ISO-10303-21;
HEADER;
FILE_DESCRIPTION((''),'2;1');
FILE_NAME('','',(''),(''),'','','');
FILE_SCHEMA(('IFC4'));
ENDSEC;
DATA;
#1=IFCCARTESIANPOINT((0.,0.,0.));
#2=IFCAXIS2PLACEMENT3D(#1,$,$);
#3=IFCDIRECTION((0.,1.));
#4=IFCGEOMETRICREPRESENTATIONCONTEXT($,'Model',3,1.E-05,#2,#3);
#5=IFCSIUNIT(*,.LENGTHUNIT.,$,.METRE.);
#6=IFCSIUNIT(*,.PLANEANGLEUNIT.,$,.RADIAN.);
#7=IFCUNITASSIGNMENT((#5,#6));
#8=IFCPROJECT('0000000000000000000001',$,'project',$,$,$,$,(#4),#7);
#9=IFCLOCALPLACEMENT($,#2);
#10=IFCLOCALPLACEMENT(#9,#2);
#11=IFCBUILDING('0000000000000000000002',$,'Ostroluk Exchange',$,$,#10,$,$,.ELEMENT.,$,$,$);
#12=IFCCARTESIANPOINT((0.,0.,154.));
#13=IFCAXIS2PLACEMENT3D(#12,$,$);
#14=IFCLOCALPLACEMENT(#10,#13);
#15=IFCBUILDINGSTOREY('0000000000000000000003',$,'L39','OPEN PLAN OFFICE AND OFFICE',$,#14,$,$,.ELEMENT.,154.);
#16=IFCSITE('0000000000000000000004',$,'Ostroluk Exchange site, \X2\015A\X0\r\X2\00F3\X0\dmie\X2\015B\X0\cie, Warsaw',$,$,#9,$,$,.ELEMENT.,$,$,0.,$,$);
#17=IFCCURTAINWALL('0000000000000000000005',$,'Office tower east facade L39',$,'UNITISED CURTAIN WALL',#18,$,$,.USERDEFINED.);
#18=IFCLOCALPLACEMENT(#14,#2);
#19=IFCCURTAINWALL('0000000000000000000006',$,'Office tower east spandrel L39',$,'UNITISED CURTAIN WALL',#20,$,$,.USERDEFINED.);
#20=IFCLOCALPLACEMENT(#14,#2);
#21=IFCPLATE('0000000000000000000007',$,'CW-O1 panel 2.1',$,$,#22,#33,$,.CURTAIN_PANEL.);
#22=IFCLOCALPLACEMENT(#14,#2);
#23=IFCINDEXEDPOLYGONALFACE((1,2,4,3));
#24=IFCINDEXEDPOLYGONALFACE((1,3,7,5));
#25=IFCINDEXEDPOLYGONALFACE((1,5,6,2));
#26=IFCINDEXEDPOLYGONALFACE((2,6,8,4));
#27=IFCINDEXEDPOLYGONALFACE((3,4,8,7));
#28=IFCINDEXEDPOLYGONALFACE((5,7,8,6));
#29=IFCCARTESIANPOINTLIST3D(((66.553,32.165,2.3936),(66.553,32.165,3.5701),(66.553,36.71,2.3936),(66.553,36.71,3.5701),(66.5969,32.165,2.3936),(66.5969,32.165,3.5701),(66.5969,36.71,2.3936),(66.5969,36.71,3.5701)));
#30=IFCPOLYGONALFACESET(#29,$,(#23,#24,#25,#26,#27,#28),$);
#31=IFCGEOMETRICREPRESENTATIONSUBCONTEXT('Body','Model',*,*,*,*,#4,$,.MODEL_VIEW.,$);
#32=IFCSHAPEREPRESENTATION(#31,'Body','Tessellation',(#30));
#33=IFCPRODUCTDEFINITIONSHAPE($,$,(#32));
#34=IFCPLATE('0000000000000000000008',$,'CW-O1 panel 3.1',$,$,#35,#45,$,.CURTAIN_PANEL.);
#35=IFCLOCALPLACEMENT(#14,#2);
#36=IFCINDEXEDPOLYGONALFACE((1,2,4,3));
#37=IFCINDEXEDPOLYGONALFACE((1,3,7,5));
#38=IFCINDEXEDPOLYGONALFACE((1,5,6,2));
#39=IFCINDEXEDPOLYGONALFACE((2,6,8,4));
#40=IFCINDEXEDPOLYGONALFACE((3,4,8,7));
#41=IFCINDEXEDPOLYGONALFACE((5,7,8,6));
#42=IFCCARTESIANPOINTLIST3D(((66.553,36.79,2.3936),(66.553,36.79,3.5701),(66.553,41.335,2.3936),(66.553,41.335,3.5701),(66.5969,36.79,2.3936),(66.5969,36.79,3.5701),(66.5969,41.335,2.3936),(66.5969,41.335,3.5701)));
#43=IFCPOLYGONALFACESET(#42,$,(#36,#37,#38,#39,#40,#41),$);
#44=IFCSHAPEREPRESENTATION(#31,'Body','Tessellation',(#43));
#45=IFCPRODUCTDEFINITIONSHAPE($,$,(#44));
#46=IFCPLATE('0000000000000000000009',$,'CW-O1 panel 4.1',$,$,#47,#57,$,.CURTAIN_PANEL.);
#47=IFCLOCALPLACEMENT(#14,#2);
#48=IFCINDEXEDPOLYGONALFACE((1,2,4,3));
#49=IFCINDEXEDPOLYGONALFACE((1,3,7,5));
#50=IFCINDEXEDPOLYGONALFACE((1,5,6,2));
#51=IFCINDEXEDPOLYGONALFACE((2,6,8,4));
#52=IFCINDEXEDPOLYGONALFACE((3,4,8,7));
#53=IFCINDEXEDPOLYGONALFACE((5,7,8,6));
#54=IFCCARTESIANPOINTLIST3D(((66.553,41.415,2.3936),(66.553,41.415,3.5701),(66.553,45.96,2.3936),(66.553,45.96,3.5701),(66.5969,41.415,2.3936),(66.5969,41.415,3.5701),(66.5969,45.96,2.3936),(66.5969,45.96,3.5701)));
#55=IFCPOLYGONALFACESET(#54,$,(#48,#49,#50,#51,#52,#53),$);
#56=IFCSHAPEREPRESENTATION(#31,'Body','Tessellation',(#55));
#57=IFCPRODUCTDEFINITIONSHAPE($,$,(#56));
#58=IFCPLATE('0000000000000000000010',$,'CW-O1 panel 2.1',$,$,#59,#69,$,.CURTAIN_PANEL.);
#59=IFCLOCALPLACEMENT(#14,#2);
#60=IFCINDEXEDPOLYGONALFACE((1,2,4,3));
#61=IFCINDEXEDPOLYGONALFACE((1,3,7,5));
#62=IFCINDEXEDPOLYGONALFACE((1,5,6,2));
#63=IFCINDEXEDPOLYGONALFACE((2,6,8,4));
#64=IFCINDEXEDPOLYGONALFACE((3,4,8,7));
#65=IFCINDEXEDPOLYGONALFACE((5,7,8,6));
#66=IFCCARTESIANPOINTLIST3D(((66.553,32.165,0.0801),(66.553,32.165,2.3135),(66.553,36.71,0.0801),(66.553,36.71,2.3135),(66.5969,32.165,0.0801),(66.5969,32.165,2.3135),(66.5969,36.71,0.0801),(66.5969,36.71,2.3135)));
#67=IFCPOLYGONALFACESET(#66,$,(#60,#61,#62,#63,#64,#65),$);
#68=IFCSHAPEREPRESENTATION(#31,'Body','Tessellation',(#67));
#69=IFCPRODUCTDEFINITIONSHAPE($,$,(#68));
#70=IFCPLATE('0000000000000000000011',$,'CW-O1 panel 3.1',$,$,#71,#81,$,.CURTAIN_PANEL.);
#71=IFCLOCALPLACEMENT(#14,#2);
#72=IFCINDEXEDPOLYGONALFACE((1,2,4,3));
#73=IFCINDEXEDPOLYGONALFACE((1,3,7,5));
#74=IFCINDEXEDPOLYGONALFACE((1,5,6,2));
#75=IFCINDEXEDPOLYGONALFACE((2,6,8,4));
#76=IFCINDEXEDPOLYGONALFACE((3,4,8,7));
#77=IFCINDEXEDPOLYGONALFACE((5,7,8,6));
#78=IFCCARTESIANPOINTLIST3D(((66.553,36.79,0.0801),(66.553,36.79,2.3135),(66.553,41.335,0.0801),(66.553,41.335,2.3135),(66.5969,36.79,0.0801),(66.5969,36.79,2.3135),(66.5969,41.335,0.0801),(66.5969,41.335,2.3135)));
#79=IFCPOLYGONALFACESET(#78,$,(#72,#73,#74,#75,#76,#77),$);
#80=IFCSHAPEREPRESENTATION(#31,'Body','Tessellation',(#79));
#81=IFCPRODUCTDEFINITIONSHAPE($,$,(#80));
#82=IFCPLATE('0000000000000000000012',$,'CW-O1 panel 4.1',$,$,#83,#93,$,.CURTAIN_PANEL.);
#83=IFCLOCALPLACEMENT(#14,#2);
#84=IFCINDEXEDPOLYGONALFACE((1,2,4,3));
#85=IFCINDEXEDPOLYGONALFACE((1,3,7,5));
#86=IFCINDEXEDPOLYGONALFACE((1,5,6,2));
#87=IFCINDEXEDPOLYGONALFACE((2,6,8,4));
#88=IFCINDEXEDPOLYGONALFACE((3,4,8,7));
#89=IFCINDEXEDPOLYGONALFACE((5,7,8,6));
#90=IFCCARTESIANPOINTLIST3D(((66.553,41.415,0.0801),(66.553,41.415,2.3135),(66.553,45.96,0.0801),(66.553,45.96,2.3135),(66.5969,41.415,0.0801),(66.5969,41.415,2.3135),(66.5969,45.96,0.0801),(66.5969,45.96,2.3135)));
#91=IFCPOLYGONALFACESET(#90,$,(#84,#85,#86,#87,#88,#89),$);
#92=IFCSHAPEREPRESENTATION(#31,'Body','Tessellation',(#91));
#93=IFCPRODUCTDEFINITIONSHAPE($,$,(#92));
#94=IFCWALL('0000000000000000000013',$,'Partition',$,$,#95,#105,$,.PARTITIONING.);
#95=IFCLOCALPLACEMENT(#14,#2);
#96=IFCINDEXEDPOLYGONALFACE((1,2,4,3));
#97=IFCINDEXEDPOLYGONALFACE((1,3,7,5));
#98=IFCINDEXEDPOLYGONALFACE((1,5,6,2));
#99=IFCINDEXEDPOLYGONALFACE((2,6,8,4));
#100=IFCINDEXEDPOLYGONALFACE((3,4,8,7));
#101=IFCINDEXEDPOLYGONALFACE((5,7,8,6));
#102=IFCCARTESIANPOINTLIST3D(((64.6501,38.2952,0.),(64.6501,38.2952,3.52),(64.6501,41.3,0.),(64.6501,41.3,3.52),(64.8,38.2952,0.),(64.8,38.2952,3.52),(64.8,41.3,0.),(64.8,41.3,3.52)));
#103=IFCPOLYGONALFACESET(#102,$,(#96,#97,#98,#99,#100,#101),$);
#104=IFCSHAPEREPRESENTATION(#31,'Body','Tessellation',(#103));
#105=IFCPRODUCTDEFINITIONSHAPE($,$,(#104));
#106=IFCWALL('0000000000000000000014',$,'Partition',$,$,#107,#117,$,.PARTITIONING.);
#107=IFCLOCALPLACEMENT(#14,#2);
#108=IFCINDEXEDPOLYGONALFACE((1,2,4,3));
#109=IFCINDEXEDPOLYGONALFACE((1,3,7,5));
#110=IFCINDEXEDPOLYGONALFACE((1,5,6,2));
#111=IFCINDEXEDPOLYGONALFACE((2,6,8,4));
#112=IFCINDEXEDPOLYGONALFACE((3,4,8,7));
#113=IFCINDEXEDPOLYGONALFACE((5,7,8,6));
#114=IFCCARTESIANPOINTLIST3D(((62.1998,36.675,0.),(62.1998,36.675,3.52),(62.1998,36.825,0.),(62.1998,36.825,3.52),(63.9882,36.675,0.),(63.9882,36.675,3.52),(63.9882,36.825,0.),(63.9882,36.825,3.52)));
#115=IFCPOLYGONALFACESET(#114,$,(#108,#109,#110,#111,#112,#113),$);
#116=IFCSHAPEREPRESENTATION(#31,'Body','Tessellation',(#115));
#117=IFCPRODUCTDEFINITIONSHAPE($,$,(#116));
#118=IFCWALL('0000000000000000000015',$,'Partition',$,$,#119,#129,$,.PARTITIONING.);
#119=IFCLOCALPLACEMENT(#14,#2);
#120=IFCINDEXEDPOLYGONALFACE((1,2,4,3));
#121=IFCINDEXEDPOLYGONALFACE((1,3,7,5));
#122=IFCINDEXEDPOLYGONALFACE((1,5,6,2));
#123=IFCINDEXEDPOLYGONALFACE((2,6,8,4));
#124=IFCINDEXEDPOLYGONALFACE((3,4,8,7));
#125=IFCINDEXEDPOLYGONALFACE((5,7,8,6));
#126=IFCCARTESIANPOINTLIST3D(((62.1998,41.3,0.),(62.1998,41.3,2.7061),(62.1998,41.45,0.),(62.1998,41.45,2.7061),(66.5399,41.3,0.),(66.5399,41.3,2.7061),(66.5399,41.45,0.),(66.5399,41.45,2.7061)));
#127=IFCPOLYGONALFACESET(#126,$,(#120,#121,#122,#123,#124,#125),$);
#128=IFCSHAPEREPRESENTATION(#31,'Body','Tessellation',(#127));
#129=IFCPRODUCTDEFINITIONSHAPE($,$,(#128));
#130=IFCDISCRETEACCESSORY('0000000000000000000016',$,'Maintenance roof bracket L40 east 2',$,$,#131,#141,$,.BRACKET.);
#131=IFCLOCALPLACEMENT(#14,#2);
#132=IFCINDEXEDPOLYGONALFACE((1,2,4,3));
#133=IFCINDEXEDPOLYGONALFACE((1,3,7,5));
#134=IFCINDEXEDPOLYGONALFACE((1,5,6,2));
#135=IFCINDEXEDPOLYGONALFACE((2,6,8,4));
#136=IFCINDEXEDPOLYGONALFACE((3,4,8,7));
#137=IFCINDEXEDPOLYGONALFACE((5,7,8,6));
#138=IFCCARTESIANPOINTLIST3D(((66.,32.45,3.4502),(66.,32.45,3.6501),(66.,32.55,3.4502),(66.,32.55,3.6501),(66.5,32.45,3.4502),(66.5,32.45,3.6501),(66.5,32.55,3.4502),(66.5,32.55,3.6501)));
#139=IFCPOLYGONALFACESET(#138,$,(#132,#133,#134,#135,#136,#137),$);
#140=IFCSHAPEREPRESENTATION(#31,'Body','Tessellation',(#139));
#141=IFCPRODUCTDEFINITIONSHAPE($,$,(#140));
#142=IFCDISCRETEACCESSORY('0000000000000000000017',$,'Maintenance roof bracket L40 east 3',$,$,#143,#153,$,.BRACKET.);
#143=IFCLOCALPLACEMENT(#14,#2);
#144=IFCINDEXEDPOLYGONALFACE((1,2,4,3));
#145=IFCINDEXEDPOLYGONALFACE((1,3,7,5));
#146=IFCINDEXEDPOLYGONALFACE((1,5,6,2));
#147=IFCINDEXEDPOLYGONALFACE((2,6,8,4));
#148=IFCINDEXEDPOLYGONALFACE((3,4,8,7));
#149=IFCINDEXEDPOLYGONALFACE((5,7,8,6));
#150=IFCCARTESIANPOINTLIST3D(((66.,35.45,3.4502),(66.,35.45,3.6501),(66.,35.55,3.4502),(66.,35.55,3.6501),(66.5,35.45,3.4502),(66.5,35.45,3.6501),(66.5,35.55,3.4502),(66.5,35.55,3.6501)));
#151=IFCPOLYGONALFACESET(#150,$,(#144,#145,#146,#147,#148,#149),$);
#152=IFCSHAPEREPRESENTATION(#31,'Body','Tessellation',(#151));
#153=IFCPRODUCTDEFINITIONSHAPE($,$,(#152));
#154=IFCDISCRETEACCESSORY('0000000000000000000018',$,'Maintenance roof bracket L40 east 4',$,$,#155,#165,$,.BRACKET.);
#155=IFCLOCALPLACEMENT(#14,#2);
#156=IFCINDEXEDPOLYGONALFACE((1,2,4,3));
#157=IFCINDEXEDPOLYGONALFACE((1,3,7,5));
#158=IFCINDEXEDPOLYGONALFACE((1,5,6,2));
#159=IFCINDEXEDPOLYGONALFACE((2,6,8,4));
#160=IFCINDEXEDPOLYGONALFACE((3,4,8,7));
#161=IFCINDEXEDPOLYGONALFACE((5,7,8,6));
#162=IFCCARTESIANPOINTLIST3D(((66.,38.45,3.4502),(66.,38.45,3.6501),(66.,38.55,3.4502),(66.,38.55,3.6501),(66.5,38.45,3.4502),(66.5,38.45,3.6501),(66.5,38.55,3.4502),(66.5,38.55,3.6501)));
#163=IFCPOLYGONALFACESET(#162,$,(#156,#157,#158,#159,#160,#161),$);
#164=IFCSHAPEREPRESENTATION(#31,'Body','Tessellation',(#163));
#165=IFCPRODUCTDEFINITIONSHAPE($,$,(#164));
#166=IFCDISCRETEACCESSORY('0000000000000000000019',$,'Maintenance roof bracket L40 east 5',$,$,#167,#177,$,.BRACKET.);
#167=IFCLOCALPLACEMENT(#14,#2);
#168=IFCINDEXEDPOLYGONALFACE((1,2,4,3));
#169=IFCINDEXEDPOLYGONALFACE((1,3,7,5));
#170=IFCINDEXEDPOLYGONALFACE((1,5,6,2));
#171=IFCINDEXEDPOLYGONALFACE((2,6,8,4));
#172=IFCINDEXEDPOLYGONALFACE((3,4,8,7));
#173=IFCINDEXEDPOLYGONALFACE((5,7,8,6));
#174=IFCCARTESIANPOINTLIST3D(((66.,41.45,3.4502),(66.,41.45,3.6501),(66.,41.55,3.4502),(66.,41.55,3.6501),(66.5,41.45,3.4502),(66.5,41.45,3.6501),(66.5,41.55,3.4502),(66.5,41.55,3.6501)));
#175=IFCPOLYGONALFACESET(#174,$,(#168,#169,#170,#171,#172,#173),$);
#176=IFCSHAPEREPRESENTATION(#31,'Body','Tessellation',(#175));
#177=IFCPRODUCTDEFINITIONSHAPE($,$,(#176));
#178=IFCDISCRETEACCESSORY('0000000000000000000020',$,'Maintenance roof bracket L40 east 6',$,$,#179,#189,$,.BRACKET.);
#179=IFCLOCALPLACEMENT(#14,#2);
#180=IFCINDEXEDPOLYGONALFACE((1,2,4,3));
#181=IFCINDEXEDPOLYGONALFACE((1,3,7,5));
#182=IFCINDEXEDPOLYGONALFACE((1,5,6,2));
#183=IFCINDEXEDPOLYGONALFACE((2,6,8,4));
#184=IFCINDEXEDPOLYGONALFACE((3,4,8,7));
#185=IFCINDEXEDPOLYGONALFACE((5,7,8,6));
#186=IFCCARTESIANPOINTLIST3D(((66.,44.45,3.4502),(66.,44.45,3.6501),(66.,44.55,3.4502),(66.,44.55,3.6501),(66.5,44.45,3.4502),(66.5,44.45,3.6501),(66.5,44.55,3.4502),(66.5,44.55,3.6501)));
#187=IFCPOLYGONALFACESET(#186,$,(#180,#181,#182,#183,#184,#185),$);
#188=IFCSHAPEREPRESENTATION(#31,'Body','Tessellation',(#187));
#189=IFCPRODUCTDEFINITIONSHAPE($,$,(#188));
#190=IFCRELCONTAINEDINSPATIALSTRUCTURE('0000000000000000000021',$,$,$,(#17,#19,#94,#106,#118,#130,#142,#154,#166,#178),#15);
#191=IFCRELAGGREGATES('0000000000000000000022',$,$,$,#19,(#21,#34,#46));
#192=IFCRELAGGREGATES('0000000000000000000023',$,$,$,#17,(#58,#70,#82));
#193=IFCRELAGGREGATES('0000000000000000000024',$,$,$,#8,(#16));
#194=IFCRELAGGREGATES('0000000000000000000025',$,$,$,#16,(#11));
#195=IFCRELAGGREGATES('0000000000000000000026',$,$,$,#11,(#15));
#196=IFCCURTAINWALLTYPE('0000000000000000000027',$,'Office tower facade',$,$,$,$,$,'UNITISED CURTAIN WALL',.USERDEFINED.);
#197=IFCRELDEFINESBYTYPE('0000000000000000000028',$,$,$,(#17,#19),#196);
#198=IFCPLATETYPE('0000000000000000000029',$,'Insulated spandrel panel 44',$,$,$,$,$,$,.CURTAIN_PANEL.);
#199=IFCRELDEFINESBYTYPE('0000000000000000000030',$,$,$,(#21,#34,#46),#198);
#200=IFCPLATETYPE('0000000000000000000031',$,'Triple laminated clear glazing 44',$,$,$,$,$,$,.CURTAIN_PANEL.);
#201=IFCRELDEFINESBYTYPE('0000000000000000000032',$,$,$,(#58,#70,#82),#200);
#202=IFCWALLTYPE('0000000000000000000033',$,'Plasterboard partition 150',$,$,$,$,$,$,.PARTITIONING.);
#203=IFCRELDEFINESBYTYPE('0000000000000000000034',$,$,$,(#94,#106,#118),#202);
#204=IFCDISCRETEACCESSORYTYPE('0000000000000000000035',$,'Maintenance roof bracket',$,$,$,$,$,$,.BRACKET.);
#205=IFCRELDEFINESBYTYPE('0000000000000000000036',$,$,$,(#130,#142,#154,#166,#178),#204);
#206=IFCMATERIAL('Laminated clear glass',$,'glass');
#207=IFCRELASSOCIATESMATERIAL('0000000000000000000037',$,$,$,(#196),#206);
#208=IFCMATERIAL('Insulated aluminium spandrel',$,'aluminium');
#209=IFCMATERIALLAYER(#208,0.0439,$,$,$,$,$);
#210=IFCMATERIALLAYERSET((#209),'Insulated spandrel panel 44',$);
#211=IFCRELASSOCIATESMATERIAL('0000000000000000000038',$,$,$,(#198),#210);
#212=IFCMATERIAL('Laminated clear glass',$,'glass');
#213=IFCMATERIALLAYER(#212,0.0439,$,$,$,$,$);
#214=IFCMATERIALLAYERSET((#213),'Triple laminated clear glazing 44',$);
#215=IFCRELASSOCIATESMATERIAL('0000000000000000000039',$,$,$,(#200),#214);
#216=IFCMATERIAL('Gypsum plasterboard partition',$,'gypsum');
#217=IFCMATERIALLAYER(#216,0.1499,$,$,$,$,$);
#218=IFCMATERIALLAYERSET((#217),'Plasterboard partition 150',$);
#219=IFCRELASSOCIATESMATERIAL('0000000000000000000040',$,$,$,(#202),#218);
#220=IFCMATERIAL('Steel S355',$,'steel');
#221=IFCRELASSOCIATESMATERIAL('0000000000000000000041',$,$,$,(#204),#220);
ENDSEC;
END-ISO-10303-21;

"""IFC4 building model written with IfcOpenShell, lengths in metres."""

from ifc_helpers import new_model, si_unit, direction, frame, frame_2d, origin, origin_2d, place, context, subcontext, project, spatial, rectangle, extrude, material, layer, layer_set, type_object, element, aggregate, save


model = new_model("IFC4")

# Units and contexts
model_context = context("Model", 3, precision=1e-05, world=origin(), true_north=direction((0.0, 1.0)))
body_context = subcontext(model_context, "Body", "Model", "MODEL_VIEW")
ifc_project = project(units=[si_unit("LENGTHUNIT", "METRE"), si_unit("PLANEANGLEUNIT", "RADIAN")], contexts=[model_context])

# Site, building, storey
site_placement = place(None, origin())
site = spatial("IfcSite", under=ifc_project, at=site_placement, Name="Ostroluk Exchange site, Śródmieście, Warsaw", CompositionType="ELEMENT", RefElevation=0.0)
building_placement = place(site_placement, origin())
building = spatial("IfcBuilding", under=site, at=building_placement, Name="Ostroluk Exchange", CompositionType="ELEMENT")
storey_placement = place(building_placement, frame((0.0, 0.0, 154.0)))
storey = spatial("IfcBuildingStorey", under=building, at=storey_placement, Name="L39", Description="OPEN PLAN OFFICE AND OFFICE", CompositionType="ELEMENT", Elevation=154.0)

# Curtain walls
ifc_material_1 = material(Name="Laminated clear glass", Category="glass")
curtain_wall_type = type_object("IfcCurtainWallType", Name="Office tower facade", ElementType="UNITISED CURTAIN WALL", PredefinedType="USERDEFINED", material=ifc_material_1)
curtain_wall_1_placement = place(storey_placement, origin())
curtain_wall_1 = element("IfcCurtainWall", 1, at=curtain_wall_1_placement, inside=storey, type_object=curtain_wall_type, Name="Office tower east facade L39", ObjectType="UNITISED CURTAIN WALL", PredefinedType="USERDEFINED")
curtain_wall_2_placement = place(storey_placement, origin())
curtain_wall_2 = element("IfcCurtainWall", 2, at=curtain_wall_2_placement, inside=storey, type_object=curtain_wall_type, Name="Office tower east spandrel L39", ObjectType="UNITISED CURTAIN WALL", PredefinedType="USERDEFINED")

# Plates
ifc_material_2 = material(Name="Insulated aluminium spandrel", Category="aluminium")
ifc_layer_1 = layer(ifc_material_2, 0.0439)
ifc_layer_set_1 = layer_set([ifc_layer_1], Name="Insulated spandrel panel 44")
plate_type_1 = type_object("IfcPlateType", Name="Insulated spandrel panel 44", PredefinedType="CURTAIN_PANEL", material=ifc_layer_set_1)
plate_1_placement = place(storey_placement, frame((66.575, 34.4375, 2.3936), z_axis=(0.0, 0.0, 1.0), x_axis=(0.0, 1.0, 0.0)))
plate_1 = element("IfcPlate", 3, at=plate_1_placement, type_object=plate_type_1, Name="CW-O1 panel 2.1", PredefinedType="CURTAIN_PANEL", context=body_context, shape_type="SweptSolid", body=[
    extrude(rectangle(XDim=4.5449, YDim=0.0439, at=origin_2d()), origin(), (0.0, 0.0, 1.0), 1.1765),
])
plate_2_placement = place(storey_placement, frame((66.575, 39.0625, 2.3936), z_axis=(0.0, 0.0, 1.0), x_axis=(0.0, 1.0, 0.0)))
plate_2 = element("IfcPlate", 4, at=plate_2_placement, type_object=plate_type_1, Name="CW-O1 panel 3.1", PredefinedType="CURTAIN_PANEL", context=body_context, shape_type="SweptSolid", body=[
    extrude(rectangle(XDim=4.5449, YDim=0.0439, at=origin_2d()), origin(), (0.0, 0.0, 1.0), 1.1765),
])
plate_3_placement = place(storey_placement, frame((66.575, 43.6875, 2.3936), z_axis=(0.0, 0.0, 1.0), x_axis=(0.0, 1.0, 0.0)))
plate_3 = element("IfcPlate", 5, at=plate_3_placement, type_object=plate_type_1, Name="CW-O1 panel 4.1", PredefinedType="CURTAIN_PANEL", context=body_context, shape_type="SweptSolid", body=[
    extrude(rectangle(XDim=4.5449, YDim=0.0439, at=origin_2d()), origin(), (0.0, 0.0, 1.0), 1.1765),
])
aggregate(curtain_wall_2, [plate_1, plate_2, plate_3])
ifc_material_3 = material(Name="Laminated clear glass", Category="glass")
ifc_layer_2 = layer(ifc_material_3, 0.0439)
ifc_layer_set_2 = layer_set([ifc_layer_2], Name="Triple laminated clear glazing 44")
plate_type_2 = type_object("IfcPlateType", Name="Triple laminated clear glazing 44", PredefinedType="CURTAIN_PANEL", material=ifc_layer_set_2)
plate_4_placement = place(storey_placement, frame((66.575, 34.4375, 0.0801), z_axis=(0.0, 0.0, 1.0), x_axis=(0.0, 1.0, 0.0)))
plate_4 = element("IfcPlate", 6, at=plate_4_placement, type_object=plate_type_2, Name="CW-O1 panel 2.1", PredefinedType="CURTAIN_PANEL", context=body_context, shape_type="SweptSolid", body=[
    extrude(rectangle(XDim=4.5449, YDim=0.0439, at=origin_2d()), origin(), (0.0, 0.0, 1.0), 2.2334),
])
plate_5_placement = place(storey_placement, frame((66.575, 39.0625, 0.0801), z_axis=(0.0, 0.0, 1.0), x_axis=(0.0, 1.0, 0.0)))
plate_5 = element("IfcPlate", 7, at=plate_5_placement, type_object=plate_type_2, Name="CW-O1 panel 3.1", PredefinedType="CURTAIN_PANEL", context=body_context, shape_type="SweptSolid", body=[
    extrude(rectangle(XDim=4.5449, YDim=0.0439, at=origin_2d()), origin(), (0.0, 0.0, 1.0), 2.2334),
])
plate_6_placement = place(storey_placement, frame((66.575, 43.6875, 0.0801), z_axis=(0.0, 0.0, 1.0), x_axis=(0.0, 1.0, 0.0)))
plate_6 = element("IfcPlate", 8, at=plate_6_placement, type_object=plate_type_2, Name="CW-O1 panel 4.1", PredefinedType="CURTAIN_PANEL", context=body_context, shape_type="SweptSolid", body=[
    extrude(rectangle(XDim=4.5449, YDim=0.0439, at=origin_2d()), origin(), (0.0, 0.0, 1.0), 2.2334),
])
aggregate(curtain_wall_1, [plate_4, plate_5, plate_6])

# Walls
ifc_material_4 = material(Name="Gypsum plasterboard partition", Category="gypsum")
ifc_layer_3 = layer(ifc_material_4, 0.1499)
ifc_layer_set_3 = layer_set([ifc_layer_3], Name="Plasterboard partition 150")
wall_type = type_object("IfcWallType", Name="Plasterboard partition 150", PredefinedType="PARTITIONING", material=ifc_layer_set_3)
wall_1_placement = place(storey_placement, frame((64.7251, 38.2952, 0.0), z_axis=(0.0, 0.0, 1.0), x_axis=(0.0, 1.0, 0.0)))
element("IfcWall", 9, at=wall_1_placement, inside=storey, type_object=wall_type, Name="Partition", PredefinedType="PARTITIONING", context=body_context, shape_type="SweptSolid", body=[
    extrude(rectangle(XDim=3.0049, YDim=0.1499, at=frame_2d((1.5024, 0.0))), origin(), (0.0, 0.0, 1.0), 3.52),
])
wall_2_placement = place(storey_placement, frame((62.2, 36.75, 0.0), z_axis=(0.0, 0.0, 1.0), x_axis=(1.0, 0.0, 0.0)))
element("IfcWall", 10, at=wall_2_placement, inside=storey, type_object=wall_type, Name="Partition", PredefinedType="PARTITIONING", context=body_context, shape_type="SweptSolid", body=[
    extrude(rectangle(XDim=1.7883, YDim=0.1499, at=frame_2d((0.894, 0.0))), origin(), (0.0, 0.0, 1.0), 3.52),
])
wall_3_placement = place(storey_placement, frame((62.2, 41.375, 0.0), z_axis=(0.0, 0.0, 1.0), x_axis=(1.0, 0.0, 0.0)))
element("IfcWall", 11, at=wall_3_placement, inside=storey, type_object=wall_type, Name="Partition", PredefinedType="PARTITIONING", context=body_context, shape_type="SweptSolid", body=[
    extrude(rectangle(XDim=4.3401, YDim=0.1499, at=frame_2d((2.1699, 0.0))), origin(), (0.0, 0.0, 1.0), 2.7061),
])

# Discrete accessories
ifc_material_5 = material(Name="Steel S355", Category="steel")
discrete_accessory_type = type_object("IfcDiscreteAccessoryType", Name="Maintenance roof bracket", PredefinedType="BRACKET", material=ifc_material_5)
for number, where, z_axis, x_axis, name in (
    (12, (66.25, 32.5, 3.4502), (0.0, 0.0, 1.0), (1.0, 0.0, 0.0), "Maintenance roof bracket L40 east 2"),
    (13, (66.25, 35.5, 3.4502), (0.0, 0.0, 1.0), (1.0, 0.0, 0.0), "Maintenance roof bracket L40 east 3"),
    (14, (66.25, 38.5, 3.4502), (0.0, 0.0, 1.0), (1.0, 0.0, 0.0), "Maintenance roof bracket L40 east 4"),
    (15, (66.25, 41.5, 3.4502), (0.0, 0.0, 1.0), (1.0, 0.0, 0.0), "Maintenance roof bracket L40 east 5"),
    (16, (66.25, 44.5, 3.4502), (0.0, 0.0, 1.0), (1.0, 0.0, 0.0), "Maintenance roof bracket L40 east 6"),
):
    element("IfcDiscreteAccessory", number, at=place(storey_placement, frame(where, z_axis=z_axis, x_axis=x_axis)), inside=storey, type_object=discrete_accessory_type, Name=name, PredefinedType="BRACKET", context=body_context, shape_type="SweptSolid", body=[
        extrude(rectangle(XDim=0.5, YDim=0.1001, at=origin_2d()), origin(), (0.0, 0.0, 1.0), 0.2),
    ])

save(model, "model.ifc")
